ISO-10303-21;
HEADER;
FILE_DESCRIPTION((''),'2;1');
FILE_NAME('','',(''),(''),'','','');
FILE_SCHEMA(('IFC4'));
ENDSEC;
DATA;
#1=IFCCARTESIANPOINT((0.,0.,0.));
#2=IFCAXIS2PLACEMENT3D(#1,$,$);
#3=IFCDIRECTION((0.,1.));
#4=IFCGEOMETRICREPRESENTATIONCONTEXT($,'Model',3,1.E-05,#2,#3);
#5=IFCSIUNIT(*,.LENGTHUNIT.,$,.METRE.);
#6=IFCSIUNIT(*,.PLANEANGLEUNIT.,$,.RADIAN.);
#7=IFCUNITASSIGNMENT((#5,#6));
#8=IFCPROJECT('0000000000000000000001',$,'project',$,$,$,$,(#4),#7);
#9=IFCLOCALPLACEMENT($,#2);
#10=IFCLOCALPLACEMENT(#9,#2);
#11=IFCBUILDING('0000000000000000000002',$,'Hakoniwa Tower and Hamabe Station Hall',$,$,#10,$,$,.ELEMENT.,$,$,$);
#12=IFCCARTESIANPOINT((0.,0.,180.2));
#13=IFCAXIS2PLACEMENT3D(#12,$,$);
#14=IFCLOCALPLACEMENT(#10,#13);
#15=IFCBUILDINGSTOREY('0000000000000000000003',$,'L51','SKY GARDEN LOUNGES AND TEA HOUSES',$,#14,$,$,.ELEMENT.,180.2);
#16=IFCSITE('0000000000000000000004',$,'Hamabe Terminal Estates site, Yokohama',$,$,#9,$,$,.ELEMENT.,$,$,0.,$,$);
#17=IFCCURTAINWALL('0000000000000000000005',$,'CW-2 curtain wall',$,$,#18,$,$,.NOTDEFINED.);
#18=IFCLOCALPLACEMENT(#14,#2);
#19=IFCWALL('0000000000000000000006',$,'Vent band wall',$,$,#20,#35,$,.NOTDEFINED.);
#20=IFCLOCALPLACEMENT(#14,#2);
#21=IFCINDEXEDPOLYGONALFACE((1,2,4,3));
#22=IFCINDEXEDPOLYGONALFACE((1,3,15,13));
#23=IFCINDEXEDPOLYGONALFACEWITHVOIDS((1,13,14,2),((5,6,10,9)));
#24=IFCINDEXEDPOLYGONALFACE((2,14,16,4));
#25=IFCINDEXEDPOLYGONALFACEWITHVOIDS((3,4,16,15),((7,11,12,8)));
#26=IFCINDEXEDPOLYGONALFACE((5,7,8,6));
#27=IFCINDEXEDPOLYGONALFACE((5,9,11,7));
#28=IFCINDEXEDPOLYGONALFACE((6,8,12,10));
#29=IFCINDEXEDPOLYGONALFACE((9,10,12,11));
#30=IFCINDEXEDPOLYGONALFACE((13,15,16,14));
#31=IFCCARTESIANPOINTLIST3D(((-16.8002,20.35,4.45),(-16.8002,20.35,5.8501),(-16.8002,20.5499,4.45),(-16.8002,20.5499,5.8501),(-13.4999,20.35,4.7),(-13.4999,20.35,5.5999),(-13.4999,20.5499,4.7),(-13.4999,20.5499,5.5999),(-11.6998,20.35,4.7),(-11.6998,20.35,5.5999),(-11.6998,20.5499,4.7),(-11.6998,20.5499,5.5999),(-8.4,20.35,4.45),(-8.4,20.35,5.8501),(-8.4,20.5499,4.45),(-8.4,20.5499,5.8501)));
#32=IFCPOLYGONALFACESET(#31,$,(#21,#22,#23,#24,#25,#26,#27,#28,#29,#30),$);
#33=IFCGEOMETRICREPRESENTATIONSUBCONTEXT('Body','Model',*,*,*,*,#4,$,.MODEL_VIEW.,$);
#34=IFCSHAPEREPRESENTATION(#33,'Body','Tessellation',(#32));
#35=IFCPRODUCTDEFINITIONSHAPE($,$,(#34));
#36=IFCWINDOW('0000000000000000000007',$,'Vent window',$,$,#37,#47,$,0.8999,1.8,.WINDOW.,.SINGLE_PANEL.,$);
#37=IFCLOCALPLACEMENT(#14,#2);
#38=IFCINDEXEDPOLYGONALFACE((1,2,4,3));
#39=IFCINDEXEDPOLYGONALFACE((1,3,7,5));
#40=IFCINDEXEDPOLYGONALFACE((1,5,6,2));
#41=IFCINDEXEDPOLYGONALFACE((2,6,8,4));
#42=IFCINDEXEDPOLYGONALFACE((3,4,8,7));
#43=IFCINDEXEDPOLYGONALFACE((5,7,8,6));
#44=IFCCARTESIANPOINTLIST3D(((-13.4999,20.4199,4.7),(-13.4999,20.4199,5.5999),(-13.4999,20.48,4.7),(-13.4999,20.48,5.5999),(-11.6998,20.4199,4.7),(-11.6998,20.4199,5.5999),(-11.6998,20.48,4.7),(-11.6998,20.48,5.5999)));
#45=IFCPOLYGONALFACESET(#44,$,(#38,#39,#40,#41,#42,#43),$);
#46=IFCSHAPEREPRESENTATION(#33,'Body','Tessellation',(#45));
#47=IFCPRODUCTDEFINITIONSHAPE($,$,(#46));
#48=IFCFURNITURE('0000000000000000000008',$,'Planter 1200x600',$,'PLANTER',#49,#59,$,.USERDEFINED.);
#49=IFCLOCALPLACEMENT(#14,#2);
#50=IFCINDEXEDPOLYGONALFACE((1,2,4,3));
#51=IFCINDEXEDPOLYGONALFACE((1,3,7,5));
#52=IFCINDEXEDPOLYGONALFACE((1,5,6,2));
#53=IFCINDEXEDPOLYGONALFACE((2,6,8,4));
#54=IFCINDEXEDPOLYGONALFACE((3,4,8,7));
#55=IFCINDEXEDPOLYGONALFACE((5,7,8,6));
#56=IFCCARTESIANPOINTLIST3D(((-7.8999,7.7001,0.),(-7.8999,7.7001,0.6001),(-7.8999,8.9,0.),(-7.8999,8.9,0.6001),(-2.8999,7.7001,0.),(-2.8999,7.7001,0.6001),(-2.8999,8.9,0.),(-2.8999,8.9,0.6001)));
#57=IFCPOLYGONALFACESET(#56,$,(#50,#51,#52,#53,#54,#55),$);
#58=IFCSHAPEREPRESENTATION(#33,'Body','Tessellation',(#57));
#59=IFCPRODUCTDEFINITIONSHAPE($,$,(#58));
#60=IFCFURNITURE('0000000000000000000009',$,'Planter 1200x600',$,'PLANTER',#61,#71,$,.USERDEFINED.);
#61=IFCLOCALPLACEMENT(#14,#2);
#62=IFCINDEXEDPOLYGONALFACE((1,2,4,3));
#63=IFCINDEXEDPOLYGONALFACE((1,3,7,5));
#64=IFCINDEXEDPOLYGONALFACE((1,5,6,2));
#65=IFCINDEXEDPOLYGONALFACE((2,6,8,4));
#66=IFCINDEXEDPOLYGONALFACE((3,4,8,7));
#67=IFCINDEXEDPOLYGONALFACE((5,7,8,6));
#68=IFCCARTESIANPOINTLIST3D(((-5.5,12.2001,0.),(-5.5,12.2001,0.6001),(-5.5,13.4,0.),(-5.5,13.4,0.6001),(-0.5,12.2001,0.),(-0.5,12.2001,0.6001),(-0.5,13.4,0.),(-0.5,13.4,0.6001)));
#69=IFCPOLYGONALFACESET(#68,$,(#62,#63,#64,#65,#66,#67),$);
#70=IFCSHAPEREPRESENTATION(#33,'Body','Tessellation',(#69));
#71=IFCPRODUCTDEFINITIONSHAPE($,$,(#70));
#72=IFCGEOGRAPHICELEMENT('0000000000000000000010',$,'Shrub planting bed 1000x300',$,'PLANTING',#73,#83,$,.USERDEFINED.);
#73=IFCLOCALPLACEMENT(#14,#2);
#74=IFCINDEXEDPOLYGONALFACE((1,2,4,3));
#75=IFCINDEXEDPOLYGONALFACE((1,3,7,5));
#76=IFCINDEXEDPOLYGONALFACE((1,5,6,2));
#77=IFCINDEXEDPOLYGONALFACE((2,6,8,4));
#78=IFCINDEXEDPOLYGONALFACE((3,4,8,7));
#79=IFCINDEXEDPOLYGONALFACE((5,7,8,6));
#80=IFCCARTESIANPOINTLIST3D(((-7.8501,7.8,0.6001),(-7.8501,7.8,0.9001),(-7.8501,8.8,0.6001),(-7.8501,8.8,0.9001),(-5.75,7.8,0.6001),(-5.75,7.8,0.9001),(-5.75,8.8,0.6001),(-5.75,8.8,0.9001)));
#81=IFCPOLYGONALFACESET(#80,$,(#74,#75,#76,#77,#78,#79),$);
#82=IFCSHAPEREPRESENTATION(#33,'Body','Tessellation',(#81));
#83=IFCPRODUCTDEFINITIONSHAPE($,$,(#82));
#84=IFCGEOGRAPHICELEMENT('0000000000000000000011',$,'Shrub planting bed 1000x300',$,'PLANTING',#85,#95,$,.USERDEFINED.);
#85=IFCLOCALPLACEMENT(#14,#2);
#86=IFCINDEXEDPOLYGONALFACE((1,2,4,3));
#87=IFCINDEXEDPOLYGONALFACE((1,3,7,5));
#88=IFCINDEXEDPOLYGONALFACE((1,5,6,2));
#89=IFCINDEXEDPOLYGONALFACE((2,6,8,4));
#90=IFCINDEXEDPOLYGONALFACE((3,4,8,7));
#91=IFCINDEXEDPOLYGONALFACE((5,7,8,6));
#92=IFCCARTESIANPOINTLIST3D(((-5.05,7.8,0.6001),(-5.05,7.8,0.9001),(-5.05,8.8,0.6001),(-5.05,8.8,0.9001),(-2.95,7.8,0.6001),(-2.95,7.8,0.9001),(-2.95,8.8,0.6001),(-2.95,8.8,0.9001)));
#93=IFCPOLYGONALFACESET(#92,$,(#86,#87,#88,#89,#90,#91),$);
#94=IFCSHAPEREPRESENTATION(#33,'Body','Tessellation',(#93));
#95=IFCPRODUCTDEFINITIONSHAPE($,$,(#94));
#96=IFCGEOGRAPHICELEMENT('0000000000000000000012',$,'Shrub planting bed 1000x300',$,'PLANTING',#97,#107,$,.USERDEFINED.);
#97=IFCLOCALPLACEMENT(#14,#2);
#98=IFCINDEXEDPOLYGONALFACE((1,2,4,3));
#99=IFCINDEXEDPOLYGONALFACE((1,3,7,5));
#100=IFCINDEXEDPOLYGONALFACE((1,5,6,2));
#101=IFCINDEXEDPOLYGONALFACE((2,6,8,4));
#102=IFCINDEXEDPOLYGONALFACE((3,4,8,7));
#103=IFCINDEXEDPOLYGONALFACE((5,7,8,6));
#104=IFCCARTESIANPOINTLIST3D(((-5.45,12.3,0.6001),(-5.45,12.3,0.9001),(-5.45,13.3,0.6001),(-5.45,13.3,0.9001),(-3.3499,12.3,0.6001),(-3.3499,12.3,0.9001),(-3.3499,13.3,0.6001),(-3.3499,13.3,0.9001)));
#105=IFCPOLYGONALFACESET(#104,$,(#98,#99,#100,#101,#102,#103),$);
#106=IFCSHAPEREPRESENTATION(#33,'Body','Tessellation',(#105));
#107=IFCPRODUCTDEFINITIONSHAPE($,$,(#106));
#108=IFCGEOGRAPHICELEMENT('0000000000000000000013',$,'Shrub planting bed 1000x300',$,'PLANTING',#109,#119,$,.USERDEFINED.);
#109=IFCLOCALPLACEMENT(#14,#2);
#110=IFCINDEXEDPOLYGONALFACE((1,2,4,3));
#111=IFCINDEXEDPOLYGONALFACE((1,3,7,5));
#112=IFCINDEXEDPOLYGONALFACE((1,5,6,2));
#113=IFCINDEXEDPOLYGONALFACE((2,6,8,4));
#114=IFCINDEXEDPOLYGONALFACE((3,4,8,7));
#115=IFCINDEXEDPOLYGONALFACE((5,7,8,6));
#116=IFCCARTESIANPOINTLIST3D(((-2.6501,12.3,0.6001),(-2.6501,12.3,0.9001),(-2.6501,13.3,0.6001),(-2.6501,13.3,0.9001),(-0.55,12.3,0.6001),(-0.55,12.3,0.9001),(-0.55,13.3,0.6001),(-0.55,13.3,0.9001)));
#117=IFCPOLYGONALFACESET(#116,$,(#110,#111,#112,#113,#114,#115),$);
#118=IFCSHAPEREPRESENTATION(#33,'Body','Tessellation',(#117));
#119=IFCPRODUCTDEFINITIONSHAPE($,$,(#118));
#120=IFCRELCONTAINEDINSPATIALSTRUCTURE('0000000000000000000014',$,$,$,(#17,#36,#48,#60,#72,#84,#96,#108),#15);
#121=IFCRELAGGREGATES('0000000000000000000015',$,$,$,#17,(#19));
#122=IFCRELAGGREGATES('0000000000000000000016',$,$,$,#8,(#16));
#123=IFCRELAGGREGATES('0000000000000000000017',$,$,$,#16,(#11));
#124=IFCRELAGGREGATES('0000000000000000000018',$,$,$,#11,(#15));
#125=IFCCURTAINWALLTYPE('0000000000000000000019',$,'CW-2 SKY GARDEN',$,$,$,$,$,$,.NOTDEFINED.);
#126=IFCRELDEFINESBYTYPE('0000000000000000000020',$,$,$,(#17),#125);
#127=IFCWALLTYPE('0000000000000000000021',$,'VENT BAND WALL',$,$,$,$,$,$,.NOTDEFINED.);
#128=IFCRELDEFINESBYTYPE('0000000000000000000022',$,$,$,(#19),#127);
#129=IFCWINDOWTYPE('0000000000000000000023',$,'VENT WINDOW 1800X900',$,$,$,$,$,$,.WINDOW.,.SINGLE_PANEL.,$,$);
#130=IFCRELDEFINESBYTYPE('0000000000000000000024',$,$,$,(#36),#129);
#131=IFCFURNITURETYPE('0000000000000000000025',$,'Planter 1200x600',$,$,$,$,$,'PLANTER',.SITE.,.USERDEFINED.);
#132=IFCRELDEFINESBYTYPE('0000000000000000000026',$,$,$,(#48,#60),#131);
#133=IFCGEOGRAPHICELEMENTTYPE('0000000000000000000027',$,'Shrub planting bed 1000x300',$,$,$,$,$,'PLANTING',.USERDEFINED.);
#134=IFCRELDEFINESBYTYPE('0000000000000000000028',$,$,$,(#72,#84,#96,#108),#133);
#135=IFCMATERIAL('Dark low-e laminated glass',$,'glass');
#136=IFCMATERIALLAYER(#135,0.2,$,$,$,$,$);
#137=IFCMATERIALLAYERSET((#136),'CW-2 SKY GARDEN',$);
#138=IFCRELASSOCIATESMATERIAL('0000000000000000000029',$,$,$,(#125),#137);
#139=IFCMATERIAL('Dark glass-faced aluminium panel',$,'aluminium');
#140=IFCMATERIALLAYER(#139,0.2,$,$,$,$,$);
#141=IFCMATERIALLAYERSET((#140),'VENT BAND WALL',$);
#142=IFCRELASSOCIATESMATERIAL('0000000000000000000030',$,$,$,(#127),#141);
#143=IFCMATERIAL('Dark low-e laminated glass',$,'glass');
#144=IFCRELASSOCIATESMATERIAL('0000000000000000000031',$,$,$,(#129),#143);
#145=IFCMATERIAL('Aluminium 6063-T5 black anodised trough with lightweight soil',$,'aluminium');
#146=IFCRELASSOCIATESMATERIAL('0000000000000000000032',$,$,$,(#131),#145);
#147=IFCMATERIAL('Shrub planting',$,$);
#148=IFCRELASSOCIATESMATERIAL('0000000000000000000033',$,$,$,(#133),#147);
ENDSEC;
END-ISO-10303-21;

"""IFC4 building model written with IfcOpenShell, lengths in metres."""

from ifc_helpers import new_model, si_unit, direction, frame, frame_2d, origin, origin_2d, place, context, subcontext, project, spatial, rectangle, extrude, material, layer, layer_set, type_object, element, fill, aggregate, save


model = new_model("IFC4")

# Units and contexts
model_context = context("Model", 3, precision=1e-05, world=origin(), true_north=direction((0.0, 1.0)))
body_context = subcontext(model_context, "Body", "Model", "MODEL_VIEW")
ifc_project = project(units=[si_unit("LENGTHUNIT", "METRE"), si_unit("PLANEANGLEUNIT", "RADIAN")], contexts=[model_context])

# Site, building, storey
site_placement = place(None, origin())
site = spatial("IfcSite", under=ifc_project, at=site_placement, Name="Hamabe Terminal Estates site, Yokohama", CompositionType="ELEMENT", RefElevation=0.0)
building_placement = place(site_placement, origin())
building = spatial("IfcBuilding", under=site, at=building_placement, Name="Hakoniwa Tower and Hamabe Station Hall", CompositionType="ELEMENT")
storey_placement = place(building_placement, frame((0.0, 0.0, 180.2)))
storey = spatial("IfcBuildingStorey", under=building, at=storey_placement, Name="L51", Description="SKY GARDEN LOUNGES AND TEA HOUSES", CompositionType="ELEMENT", Elevation=180.2)

# Curtain wall
ifc_material_1 = material(Name="Dark low-e laminated glass", Category="glass")
ifc_layer_1 = layer(ifc_material_1, 0.2)
ifc_layer_set_1 = layer_set([ifc_layer_1], Name="CW-2 SKY GARDEN")
curtain_wall_type = type_object("IfcCurtainWallType", Name="CW-2 SKY GARDEN", PredefinedType="NOTDEFINED", material=ifc_layer_set_1)
curtain_wall_1_placement = place(storey_placement, origin())
curtain_wall_1 = element("IfcCurtainWall", 1, at=curtain_wall_1_placement, inside=storey, type_object=curtain_wall_type, Name="CW-2 curtain wall", PredefinedType="NOTDEFINED")

# Wall, opening, window
ifc_material_2 = material(Name="Dark glass-faced aluminium panel", Category="aluminium")
ifc_layer_2 = layer(ifc_material_2, 0.2)
ifc_layer_set_2 = layer_set([ifc_layer_2], Name="VENT BAND WALL")
wall_type = type_object("IfcWallType", Name="VENT BAND WALL", PredefinedType="NOTDEFINED", material=ifc_layer_set_2)
ifc_material_3 = material(Name="Dark low-e laminated glass", Category="glass")
window_type = type_object("IfcWindowType", Name="VENT WINDOW 1800X900", PartitioningType="SINGLE_PANEL", PredefinedType="WINDOW", material=ifc_material_3)
wall_1_placement = place(storey_placement, frame((-8.3999, 20.45, 4.45), z_axis=(0.0, 0.0, 1.0), x_axis=(-1.0, 0.0, 0.0)))
wall_1 = element("IfcWall", 2, at=wall_1_placement, type_object=wall_type, Name="Vent band wall", PredefinedType="NOTDEFINED", context=body_context, shape_type="SweptSolid", body=[
    extrude(rectangle(XDim=8.4001, YDim=0.2, at=frame_2d((4.2002, 0.0))), origin(), (0.0, 0.0, 1.0), 1.4001),
])
opening_1_placement = place(wall_1_placement, frame((3.3, 0.0, 0.25)))
opening_1 = element("IfcOpeningElement", 3, at=opening_1_placement, cuts=wall_1, PredefinedType="OPENING", context=body_context, shape_type="SweptSolid", body=[
    extrude(rectangle(XDim=1.8, YDim=0.8999, at=frame_2d((0.8999, 0.45))), frame((0.0, 0.1099, 0.0), z_axis=(0.0, -1.0, 0.0), x_axis=(1.0, 0.0, 0.0)), (0.0, 0.0, 1.0), 0.22),
])
window_1_placement = place(opening_1_placement, origin())
window_1 = element("IfcWindow", 4, at=window_1_placement, inside=storey, type_object=window_type, Name="Vent window", OverallHeight=0.8999, OverallWidth=1.8, PartitioningType="SINGLE_PANEL", PredefinedType="WINDOW", context=body_context, shape_type="SweptSolid", body=[
    extrude(rectangle(XDim=1.8, YDim=0.8999, at=frame_2d((0.8999, 0.45))), frame((0.0, 0.03, 0.0), z_axis=(0.0, -1.0, 0.0), x_axis=(1.0, 0.0, 0.0)), (0.0, 0.0, 1.0), 0.0601),
])
fill(opening_1, window_1)
aggregate(curtain_wall_1, [wall_1])

# Furniture
ifc_material_4 = material(Name="Aluminium 6063-T5 black anodised trough with lightweight soil", Category="aluminium")
furniture_type = type_object("IfcFurnitureType", Name="Planter 1200x600", ElementType="PLANTER", AssemblyPlace="SITE", PredefinedType="USERDEFINED", material=ifc_material_4)
for number, where, z_axis, x_axis, name in (
    (5, (-5.3999, 8.3, 0.0), (0.0, 0.0, 1.0), (1.0, 0.0, 0.0), "Planter 1200x600"),
    (6, (-3.0, 12.8, 0.0), (0.0, 0.0, 1.0), (1.0, 0.0, 0.0), "Planter 1200x600"),
):
    element("IfcFurniture", number, at=place(storey_placement, frame(where, z_axis=z_axis, x_axis=x_axis)), inside=storey, type_object=furniture_type, Name=name, ObjectType="PLANTER", PredefinedType="USERDEFINED", context=body_context, shape_type="SweptSolid", body=[
        extrude(rectangle(XDim=5.0, YDim=1.2, at=origin_2d()), origin(), (0.0, 0.0, 1.0), 0.6001),
    ])

# Geographic elements
ifc_material_5 = material(Name="Shrub planting")
geographic_element_type = type_object("IfcGeographicElementType", Name="Shrub planting bed 1000x300", ElementType="PLANTING", PredefinedType="USERDEFINED", material=ifc_material_5)
for number, where, z_axis, x_axis, name in (
    (7, (-6.8, 8.3, 0.6001), (0.0, 0.0, 1.0), (1.0, 0.0, 0.0), "Shrub planting bed 1000x300"),
    (8, (-4.0, 8.3, 0.6001), (0.0, 0.0, 1.0), (1.0, 0.0, 0.0), "Shrub planting bed 1000x300"),
    (9, (-4.3999, 12.8, 0.6001), (0.0, 0.0, 1.0), (1.0, 0.0, 0.0), "Shrub planting bed 1000x300"),
    (10, (-1.6001, 12.8, 0.6001), (0.0, 0.0, 1.0), (1.0, 0.0, 0.0), "Shrub planting bed 1000x300"),
):
    element("IfcGeographicElement", number, at=place(storey_placement, frame(where, z_axis=z_axis, x_axis=x_axis)), inside=storey, type_object=geographic_element_type, Name=name, ObjectType="PLANTING", PredefinedType="USERDEFINED", context=body_context, shape_type="SweptSolid", body=[
        extrude(rectangle(XDim=2.1001, YDim=1.0, at=origin_2d()), origin(), (0.0, 0.0, 1.0), 0.3),
    ])

save(model, "model.ifc")
